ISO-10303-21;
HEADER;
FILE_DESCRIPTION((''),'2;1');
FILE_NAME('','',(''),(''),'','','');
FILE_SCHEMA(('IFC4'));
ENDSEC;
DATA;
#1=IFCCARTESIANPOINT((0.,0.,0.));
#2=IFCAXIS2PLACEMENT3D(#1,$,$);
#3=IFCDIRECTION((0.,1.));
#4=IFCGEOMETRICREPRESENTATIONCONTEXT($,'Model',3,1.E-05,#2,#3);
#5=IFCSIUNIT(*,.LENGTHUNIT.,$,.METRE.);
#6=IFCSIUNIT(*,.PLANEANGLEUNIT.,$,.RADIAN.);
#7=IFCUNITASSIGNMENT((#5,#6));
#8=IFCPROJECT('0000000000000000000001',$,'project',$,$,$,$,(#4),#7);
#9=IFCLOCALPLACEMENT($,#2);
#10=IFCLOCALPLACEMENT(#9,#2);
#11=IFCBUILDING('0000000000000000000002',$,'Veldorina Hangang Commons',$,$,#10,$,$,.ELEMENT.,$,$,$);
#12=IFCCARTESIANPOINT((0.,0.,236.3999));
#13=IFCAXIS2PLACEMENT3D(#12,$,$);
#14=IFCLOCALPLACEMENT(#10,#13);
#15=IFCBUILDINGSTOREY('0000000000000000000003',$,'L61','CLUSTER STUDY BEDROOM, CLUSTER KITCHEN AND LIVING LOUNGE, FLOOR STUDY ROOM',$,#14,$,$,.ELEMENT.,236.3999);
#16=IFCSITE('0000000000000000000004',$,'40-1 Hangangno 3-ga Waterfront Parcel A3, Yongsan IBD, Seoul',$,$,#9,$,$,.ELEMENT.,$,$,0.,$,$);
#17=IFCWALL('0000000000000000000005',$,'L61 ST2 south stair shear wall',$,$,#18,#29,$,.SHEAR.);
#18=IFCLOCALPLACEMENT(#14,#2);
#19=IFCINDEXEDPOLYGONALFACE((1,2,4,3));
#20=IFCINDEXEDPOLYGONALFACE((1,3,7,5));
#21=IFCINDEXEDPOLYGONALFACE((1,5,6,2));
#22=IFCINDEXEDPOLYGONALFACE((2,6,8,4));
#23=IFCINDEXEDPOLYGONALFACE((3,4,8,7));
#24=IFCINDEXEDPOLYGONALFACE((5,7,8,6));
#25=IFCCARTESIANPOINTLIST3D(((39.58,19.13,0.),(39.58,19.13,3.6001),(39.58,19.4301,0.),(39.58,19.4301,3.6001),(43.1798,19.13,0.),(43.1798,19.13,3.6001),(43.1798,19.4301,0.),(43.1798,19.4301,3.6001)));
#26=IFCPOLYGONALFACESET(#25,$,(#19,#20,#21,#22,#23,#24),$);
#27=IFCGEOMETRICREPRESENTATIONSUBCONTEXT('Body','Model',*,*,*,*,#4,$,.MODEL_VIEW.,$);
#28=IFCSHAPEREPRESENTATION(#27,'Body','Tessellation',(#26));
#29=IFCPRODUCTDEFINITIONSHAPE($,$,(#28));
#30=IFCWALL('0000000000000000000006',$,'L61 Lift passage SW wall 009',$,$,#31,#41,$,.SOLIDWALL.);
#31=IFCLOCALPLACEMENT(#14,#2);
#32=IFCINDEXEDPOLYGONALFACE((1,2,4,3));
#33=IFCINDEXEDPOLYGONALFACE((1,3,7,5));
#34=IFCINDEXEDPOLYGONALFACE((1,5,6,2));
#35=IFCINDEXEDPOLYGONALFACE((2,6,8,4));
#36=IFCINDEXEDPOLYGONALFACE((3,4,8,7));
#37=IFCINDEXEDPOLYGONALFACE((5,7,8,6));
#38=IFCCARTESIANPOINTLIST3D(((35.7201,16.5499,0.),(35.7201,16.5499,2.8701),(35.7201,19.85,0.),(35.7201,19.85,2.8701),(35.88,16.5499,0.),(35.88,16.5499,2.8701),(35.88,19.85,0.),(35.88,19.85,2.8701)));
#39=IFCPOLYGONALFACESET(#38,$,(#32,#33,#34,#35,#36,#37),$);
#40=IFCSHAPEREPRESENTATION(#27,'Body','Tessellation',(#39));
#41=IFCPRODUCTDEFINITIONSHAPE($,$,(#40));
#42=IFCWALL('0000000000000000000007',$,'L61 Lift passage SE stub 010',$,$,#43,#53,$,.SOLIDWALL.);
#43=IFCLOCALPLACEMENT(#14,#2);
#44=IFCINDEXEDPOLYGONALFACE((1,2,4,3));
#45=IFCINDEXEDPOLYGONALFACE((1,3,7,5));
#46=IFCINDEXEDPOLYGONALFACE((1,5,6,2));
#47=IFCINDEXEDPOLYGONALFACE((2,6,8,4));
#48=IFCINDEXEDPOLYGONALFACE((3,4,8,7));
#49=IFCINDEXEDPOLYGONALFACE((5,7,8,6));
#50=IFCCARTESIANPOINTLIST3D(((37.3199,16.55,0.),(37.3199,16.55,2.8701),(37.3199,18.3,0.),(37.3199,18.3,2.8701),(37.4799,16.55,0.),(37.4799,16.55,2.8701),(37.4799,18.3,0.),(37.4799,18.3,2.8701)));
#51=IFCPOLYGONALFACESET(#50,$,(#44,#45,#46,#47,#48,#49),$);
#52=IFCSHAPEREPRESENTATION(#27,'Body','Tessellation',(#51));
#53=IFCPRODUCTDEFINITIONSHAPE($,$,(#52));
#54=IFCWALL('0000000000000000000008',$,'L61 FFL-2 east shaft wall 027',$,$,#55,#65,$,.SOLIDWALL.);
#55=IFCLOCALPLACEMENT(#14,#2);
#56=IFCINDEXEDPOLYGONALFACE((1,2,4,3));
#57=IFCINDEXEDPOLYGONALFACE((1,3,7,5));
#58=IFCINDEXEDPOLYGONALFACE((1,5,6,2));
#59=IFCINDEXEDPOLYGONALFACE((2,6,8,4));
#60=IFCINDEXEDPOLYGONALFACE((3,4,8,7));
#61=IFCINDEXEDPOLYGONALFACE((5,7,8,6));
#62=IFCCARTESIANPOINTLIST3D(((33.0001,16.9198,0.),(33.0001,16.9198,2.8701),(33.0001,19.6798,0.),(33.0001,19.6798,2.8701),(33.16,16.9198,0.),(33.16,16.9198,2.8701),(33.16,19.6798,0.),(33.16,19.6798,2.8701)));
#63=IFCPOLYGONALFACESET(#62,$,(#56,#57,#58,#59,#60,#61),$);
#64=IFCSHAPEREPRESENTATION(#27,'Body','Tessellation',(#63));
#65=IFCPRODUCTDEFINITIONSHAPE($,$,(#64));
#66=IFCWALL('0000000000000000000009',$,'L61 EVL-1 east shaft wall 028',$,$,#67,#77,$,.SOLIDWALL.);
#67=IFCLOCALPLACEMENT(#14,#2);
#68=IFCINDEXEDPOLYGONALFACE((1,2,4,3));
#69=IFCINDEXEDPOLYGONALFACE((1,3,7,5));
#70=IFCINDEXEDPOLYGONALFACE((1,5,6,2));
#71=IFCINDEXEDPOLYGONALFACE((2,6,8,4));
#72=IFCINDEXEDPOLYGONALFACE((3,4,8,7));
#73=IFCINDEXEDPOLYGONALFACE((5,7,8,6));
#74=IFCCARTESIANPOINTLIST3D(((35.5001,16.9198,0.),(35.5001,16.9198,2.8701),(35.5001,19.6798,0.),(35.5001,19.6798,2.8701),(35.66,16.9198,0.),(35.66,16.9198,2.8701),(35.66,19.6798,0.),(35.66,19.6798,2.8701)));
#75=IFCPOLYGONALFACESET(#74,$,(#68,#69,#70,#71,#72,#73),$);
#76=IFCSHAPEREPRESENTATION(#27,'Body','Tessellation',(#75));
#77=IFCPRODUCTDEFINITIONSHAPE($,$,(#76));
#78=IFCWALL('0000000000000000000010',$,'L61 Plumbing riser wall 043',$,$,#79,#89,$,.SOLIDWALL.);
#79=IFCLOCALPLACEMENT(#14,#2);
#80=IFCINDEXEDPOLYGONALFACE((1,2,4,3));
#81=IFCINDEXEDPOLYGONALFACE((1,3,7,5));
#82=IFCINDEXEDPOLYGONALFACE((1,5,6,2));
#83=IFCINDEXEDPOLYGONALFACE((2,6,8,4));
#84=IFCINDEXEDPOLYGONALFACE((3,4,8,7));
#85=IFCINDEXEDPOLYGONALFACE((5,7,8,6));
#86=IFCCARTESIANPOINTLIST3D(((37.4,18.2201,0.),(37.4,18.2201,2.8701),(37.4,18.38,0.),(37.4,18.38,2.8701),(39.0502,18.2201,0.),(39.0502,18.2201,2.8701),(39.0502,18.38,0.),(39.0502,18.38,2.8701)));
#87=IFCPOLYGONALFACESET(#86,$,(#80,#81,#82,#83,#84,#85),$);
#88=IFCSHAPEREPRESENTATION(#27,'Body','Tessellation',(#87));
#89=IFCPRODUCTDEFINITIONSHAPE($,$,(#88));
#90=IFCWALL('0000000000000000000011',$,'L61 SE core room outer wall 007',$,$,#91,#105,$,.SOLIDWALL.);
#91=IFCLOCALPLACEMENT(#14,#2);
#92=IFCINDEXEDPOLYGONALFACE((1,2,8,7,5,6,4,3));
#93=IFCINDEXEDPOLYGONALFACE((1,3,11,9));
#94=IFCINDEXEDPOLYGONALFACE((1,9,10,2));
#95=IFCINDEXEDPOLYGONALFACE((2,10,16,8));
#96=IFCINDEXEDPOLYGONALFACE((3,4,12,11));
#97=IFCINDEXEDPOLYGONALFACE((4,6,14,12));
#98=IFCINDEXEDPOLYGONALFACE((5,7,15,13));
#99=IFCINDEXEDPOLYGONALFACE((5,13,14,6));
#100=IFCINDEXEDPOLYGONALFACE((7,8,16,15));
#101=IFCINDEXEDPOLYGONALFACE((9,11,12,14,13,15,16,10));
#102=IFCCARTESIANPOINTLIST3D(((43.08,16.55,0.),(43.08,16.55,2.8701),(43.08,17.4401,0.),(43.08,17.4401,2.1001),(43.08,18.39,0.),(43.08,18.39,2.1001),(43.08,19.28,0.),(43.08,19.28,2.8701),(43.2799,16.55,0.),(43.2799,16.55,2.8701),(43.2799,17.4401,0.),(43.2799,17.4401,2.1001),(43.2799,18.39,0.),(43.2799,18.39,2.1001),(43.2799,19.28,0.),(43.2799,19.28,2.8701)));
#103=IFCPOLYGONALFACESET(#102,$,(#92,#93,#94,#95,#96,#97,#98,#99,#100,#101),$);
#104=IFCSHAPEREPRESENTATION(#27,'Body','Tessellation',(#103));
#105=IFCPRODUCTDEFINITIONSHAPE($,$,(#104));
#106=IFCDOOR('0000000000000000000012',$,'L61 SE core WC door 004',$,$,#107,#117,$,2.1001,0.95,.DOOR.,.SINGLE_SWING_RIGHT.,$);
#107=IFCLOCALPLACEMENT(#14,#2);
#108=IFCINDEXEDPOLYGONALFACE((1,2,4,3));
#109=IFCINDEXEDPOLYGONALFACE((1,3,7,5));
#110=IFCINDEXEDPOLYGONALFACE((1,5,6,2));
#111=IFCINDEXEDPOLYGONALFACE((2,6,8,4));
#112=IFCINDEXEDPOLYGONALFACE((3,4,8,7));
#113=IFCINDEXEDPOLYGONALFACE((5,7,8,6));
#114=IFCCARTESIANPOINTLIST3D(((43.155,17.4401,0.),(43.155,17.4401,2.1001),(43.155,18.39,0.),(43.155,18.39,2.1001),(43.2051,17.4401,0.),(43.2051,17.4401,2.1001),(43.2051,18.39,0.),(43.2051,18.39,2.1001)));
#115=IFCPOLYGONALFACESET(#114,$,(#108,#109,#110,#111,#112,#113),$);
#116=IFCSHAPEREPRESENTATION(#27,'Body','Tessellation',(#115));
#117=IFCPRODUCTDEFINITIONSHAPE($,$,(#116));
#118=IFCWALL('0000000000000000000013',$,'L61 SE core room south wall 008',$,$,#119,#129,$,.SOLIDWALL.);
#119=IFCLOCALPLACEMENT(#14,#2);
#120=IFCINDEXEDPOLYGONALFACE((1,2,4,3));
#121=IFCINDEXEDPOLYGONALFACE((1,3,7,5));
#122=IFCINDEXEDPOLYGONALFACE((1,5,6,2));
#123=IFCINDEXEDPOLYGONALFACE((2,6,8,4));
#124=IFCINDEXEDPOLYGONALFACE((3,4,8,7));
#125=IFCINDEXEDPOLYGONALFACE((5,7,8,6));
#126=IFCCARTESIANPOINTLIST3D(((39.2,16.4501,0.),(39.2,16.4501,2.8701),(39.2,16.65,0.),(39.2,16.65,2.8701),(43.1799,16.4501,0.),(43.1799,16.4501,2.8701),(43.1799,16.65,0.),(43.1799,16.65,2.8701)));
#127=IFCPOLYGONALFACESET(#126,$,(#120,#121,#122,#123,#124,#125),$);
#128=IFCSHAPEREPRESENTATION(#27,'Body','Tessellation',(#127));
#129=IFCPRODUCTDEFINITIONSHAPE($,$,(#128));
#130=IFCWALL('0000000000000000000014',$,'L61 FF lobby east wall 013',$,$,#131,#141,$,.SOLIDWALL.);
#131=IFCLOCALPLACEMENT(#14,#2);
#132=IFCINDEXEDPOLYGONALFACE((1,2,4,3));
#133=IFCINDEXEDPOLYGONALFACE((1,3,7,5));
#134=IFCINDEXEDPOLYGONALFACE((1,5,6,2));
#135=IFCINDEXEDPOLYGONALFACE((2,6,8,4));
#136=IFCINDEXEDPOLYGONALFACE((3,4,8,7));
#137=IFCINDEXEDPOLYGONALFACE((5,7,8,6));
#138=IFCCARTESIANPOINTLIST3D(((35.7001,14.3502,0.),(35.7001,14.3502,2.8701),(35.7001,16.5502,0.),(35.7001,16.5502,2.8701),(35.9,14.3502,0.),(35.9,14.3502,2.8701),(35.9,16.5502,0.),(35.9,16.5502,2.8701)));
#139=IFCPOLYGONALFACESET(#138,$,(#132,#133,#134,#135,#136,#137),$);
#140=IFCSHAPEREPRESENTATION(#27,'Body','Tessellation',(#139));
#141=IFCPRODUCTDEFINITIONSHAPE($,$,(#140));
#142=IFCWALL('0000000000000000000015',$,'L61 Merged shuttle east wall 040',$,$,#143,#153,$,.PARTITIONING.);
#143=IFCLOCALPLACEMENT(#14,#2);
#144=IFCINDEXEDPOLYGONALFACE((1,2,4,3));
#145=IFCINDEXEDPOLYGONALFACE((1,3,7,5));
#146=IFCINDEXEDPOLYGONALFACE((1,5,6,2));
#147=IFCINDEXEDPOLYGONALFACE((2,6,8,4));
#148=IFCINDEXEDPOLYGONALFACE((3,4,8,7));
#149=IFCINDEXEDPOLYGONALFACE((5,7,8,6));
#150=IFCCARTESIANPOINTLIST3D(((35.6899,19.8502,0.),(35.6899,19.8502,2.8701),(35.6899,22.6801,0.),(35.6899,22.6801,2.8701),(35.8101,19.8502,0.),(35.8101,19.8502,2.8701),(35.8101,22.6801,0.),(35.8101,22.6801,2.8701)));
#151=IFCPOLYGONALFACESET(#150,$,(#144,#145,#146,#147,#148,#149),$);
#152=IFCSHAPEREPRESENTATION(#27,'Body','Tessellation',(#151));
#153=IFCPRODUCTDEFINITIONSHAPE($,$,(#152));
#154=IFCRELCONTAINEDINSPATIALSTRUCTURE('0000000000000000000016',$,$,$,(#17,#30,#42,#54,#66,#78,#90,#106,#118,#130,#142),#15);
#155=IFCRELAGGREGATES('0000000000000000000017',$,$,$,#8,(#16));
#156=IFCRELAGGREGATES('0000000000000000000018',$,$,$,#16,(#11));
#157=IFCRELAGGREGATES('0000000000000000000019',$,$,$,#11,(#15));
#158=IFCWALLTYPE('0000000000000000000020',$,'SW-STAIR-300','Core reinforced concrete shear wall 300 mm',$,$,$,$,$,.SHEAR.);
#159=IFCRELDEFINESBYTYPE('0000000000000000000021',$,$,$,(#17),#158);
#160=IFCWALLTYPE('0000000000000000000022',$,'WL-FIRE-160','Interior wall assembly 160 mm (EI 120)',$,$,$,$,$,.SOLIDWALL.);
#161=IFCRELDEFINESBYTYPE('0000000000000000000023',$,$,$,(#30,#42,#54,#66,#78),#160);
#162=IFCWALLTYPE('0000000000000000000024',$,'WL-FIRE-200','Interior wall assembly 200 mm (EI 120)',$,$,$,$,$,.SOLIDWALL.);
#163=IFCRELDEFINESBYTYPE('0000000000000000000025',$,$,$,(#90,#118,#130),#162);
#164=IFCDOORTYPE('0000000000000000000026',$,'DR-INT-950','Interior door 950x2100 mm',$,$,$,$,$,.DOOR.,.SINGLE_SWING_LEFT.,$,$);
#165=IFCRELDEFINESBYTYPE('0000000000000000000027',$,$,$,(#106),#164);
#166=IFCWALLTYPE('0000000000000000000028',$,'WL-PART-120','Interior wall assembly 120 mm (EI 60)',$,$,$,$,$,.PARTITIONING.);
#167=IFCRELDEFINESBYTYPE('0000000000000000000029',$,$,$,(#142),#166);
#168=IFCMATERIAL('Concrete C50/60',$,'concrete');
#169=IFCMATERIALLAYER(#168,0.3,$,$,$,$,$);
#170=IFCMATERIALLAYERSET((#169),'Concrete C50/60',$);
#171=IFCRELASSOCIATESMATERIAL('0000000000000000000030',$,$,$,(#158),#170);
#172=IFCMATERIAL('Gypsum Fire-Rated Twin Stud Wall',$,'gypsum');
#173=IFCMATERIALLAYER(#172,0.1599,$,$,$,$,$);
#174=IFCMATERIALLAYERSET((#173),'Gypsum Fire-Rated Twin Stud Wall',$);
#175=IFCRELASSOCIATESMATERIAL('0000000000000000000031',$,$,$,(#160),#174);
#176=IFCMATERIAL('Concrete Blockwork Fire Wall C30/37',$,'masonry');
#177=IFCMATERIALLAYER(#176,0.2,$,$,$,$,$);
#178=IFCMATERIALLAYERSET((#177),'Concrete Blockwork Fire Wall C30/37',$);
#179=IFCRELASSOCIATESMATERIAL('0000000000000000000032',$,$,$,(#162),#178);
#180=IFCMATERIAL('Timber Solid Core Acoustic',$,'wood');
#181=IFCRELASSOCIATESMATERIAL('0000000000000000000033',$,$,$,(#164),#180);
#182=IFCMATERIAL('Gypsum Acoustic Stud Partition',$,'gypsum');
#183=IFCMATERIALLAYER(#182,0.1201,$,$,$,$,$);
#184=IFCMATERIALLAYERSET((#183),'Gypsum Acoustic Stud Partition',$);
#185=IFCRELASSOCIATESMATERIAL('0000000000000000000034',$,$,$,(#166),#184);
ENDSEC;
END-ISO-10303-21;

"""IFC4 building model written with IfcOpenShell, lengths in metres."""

from ifc_helpers import new_model, si_unit, direction, frame, frame_2d, origin, place, context, subcontext, project, spatial, rectangle, extrude, material, layer, layer_set, type_object, element, fill, save


model = new_model("IFC4")

# Units and contexts
model_context = context("Model", 3, precision=1e-05, world=origin(), true_north=direction((0.0, 1.0)))
body_context = subcontext(model_context, "Body", "Model", "MODEL_VIEW")
ifc_project = project(units=[si_unit("LENGTHUNIT", "METRE"), si_unit("PLANEANGLEUNIT", "RADIAN")], contexts=[model_context])

# Site, building, storey
site_placement = place(None, origin())
site = spatial("IfcSite", under=ifc_project, at=site_placement, Name="40-1 Hangangno 3-ga Waterfront Parcel A3, Yongsan IBD, Seoul", CompositionType="ELEMENT", RefElevation=0.0)
building_placement = place(site_placement, origin())
building = spatial("IfcBuilding", under=site, at=building_placement, Name="Veldorina Hangang Commons", CompositionType="ELEMENT")
storey_placement = place(building_placement, frame((0.0, 0.0, 236.3999)))
storey = spatial("IfcBuildingStorey", under=building, at=storey_placement, Name="L61", Description="CLUSTER STUDY BEDROOM, CLUSTER KITCHEN AND LIVING LOUNGE, FLOOR STUDY ROOM", CompositionType="ELEMENT", Elevation=236.3999)

# Shared definitions
ifc_material_1 = material(Name="Concrete C50/60", Category="concrete")

# Walls
ifc_layer_1 = layer(ifc_material_1, 0.3)
ifc_layer_set_1 = layer_set([ifc_layer_1], Name="Concrete C50/60")
wall_type_1 = type_object("IfcWallType", Name="SW-STAIR-300", Description="Core reinforced concrete shear wall 300 mm", PredefinedType="SHEAR", material=ifc_layer_set_1)
wall_1_placement = place(storey_placement, frame((39.5801, 19.28, 0.0), z_axis=(0.0, 0.0, 1.0), x_axis=(1.0, 0.0, 0.0)))
element("IfcWall", 1, at=wall_1_placement, inside=storey, type_object=wall_type_1, Name="L61 ST2 south stair shear wall", PredefinedType="SHEAR", context=body_context, shape_type="SweptSolid", body=[
    extrude(rectangle(XDim=3.5999, YDim=0.3, at=frame_2d((1.7998, 0.0))), origin(), (0.0, 0.0, 1.0), 3.6001),
])
ifc_material_2 = material(Name="Gypsum Fire-Rated Twin Stud Wall", Category="gypsum")
ifc_layer_2 = layer(ifc_material_2, 0.1599)
ifc_layer_set_2 = layer_set([ifc_layer_2], Name="Gypsum Fire-Rated Twin Stud Wall")
wall_type_2 = type_object("IfcWallType", Name="WL-FIRE-160", Description="Interior wall assembly 160 mm (EI 120)", PredefinedType="SOLIDWALL", material=ifc_layer_set_2)
wall_2_placement = place(storey_placement, frame((35.8, 16.55, 0.0), z_axis=(0.0, 0.0, 1.0), x_axis=(0.0, 1.0, 0.0)))
element("IfcWall", 2, at=wall_2_placement, inside=storey, type_object=wall_type_2, Name="L61 Lift passage SW wall 009", PredefinedType="SOLIDWALL", context=body_context, shape_type="SweptSolid", body=[
    extrude(rectangle(XDim=3.3, YDim=0.1599, at=frame_2d((1.6499, 0.0))), origin(), (0.0, 0.0, 1.0), 2.8701),
])
wall_3_placement = place(storey_placement, frame((37.3999, 16.55, 0.0), z_axis=(0.0, 0.0, 1.0), x_axis=(0.0, 1.0, 0.0)))
element("IfcWall", 3, at=wall_3_placement, inside=storey, type_object=wall_type_2, Name="L61 Lift passage SE stub 010", PredefinedType="SOLIDWALL", context=body_context, shape_type="SweptSolid", body=[
    extrude(rectangle(XDim=1.75, YDim=0.1599, at=frame_2d((0.875, 0.0))), origin(), (0.0, 0.0, 1.0), 2.8701),
])
for number, where, z_axis, x_axis, name in (
    (4, (33.0801, 16.9199, 0.0), (0.0, 0.0, 1.0), (0.0, 1.0, 0.0), "L61 FFL-2 east shaft wall 027"),
    (5, (35.5801, 16.9199, 0.0), (0.0, 0.0, 1.0), (0.0, 1.0, 0.0), "L61 EVL-1 east shaft wall 028"),
):
    element("IfcWall", number, at=place(storey_placement, frame(where, z_axis=z_axis, x_axis=x_axis)), inside=storey, type_object=wall_type_2, Name=name, PredefinedType="SOLIDWALL", context=body_context, shape_type="SweptSolid", body=[
        extrude(rectangle(XDim=2.76, YDim=0.1599, at=frame_2d((1.3799, 0.0))), origin(), (0.0, 0.0, 1.0), 2.8701),
    ])
wall_4_placement = place(storey_placement, frame((37.3999, 18.3, 0.0), z_axis=(0.0, 0.0, 1.0), x_axis=(1.0, 0.0, 0.0)))
element("IfcWall", 6, at=wall_4_placement, inside=storey, type_object=wall_type_2, Name="L61 Plumbing riser wall 043", PredefinedType="SOLIDWALL", context=body_context, shape_type="SweptSolid", body=[
    extrude(rectangle(XDim=1.6501, YDim=0.1599, at=frame_2d((0.8252, 0.0))), origin(), (0.0, 0.0, 1.0), 2.8701),
])

# Wall, opening, door
ifc_material_3 = material(Name="Concrete Blockwork Fire Wall C30/37", Category="masonry")
ifc_layer_3 = layer(ifc_material_3, 0.2)
ifc_layer_set_3 = layer_set([ifc_layer_3], Name="Concrete Blockwork Fire Wall C30/37")
wall_type_3 = type_object("IfcWallType", Name="WL-FIRE-200", Description="Interior wall assembly 200 mm (EI 120)", PredefinedType="SOLIDWALL", material=ifc_layer_set_3)
wall_5_placement = place(storey_placement, frame((43.1799, 16.55, 0.0), z_axis=(0.0, 0.0, 1.0), x_axis=(0.0, 1.0, 0.0)))
wall_5 = element("IfcWall", 7, at=wall_5_placement, inside=storey, type_object=wall_type_3, Name="L61 SE core room outer wall 007", PredefinedType="SOLIDWALL", context=body_context, shape_type="SweptSolid", body=[
    extrude(rectangle(XDim=2.73, YDim=0.2, at=frame_2d((1.365, 0.0))), origin(), (0.0, 0.0, 1.0), 2.8701),
])
opening_1_placement = place(wall_5_placement, frame((0.8899, 0.0, 0.0)))
opening_1 = element("IfcOpeningElement", 8, at=opening_1_placement, cuts=wall_5, PredefinedType="OPENING", context=body_context, shape_type="SweptSolid", body=[
    extrude(rectangle(XDim=0.95, YDim=2.1001, at=frame_2d((0.4751, 1.05))), frame((0.0, 0.1099, 0.0), z_axis=(0.0, -1.0, 0.0), x_axis=(1.0, 0.0, 0.0)), (0.0, 0.0, 1.0), 0.22),
])
ifc_material_4 = material(Name="Timber Solid Core Acoustic", Category="wood")
door_type_1 = type_object("IfcDoorType", Name="DR-INT-950", Description="Interior door 950x2100 mm", OperationType="SINGLE_SWING_LEFT", PredefinedType="DOOR", material=ifc_material_4)
door_1_placement = place(opening_1_placement, origin())
door_1 = element("IfcDoor", 9, at=door_1_placement, inside=storey, type_object=door_type_1, Name="L61 SE core WC door 004", OperationType="SINGLE_SWING_RIGHT", OverallHeight=2.1001, OverallWidth=0.95, PredefinedType="DOOR", context=body_context, shape_type="SweptSolid", body=[
    extrude(rectangle(XDim=0.95, YDim=2.1001, at=frame_2d((0.4751, 1.05))), frame((0.0, 0.0249, 0.0), z_axis=(0.0, -1.0, 0.0), x_axis=(1.0, 0.0, 0.0)), (0.0, 0.0, 1.0), 0.05),
])
fill(opening_1, door_1)

# Walls
wall_6_placement = place(storey_placement, frame((39.2, 16.55, 0.0), z_axis=(0.0, 0.0, 1.0), x_axis=(1.0, 0.0, 0.0)))
element("IfcWall", 10, at=wall_6_placement, inside=storey, type_object=wall_type_3, Name="L61 SE core room south wall 008", PredefinedType="SOLIDWALL", context=body_context, shape_type="SweptSolid", body=[
    extrude(rectangle(XDim=3.98, YDim=0.2, at=frame_2d((1.99, 0.0))), origin(), (0.0, 0.0, 1.0), 2.8701),
])
wall_7_placement = place(storey_placement, frame((35.8, 14.3501, 0.0), z_axis=(0.0, 0.0, 1.0), x_axis=(0.0, 1.0, 0.0)))
element("IfcWall", 11, at=wall_7_placement, inside=storey, type_object=wall_type_3, Name="L61 FF lobby east wall 013", PredefinedType="SOLIDWALL", context=body_context, shape_type="SweptSolid", body=[
    extrude(rectangle(XDim=2.2, YDim=0.2, at=frame_2d((1.1001, 0.0))), origin(), (0.0, 0.0, 1.0), 2.8701),
])
ifc_material_5 = material(Name="Gypsum Acoustic Stud Partition", Category="gypsum")
ifc_layer_4 = layer(ifc_material_5, 0.1201)
ifc_layer_set_4 = layer_set([ifc_layer_4], Name="Gypsum Acoustic Stud Partition")
wall_type_4 = type_object("IfcWallType", Name="WL-PART-120", Description="Interior wall assembly 120 mm (EI 60)", PredefinedType="PARTITIONING", material=ifc_layer_set_4)
wall_8_placement = place(storey_placement, frame((35.75, 19.8501, 0.0), z_axis=(0.0, 0.0, 1.0), x_axis=(0.0, 1.0, 0.0)))
element("IfcWall", 12, at=wall_8_placement, inside=storey, type_object=wall_type_4, Name="L61 Merged shuttle east wall 040", PredefinedType="PARTITIONING", context=body_context, shape_type="SweptSolid", body=[
    extrude(rectangle(XDim=2.8298, YDim=0.1201, at=frame_2d((1.415, 0.0))), origin(), (0.0, 0.0, 1.0), 2.8701),
])

save(model, "model.ifc")
